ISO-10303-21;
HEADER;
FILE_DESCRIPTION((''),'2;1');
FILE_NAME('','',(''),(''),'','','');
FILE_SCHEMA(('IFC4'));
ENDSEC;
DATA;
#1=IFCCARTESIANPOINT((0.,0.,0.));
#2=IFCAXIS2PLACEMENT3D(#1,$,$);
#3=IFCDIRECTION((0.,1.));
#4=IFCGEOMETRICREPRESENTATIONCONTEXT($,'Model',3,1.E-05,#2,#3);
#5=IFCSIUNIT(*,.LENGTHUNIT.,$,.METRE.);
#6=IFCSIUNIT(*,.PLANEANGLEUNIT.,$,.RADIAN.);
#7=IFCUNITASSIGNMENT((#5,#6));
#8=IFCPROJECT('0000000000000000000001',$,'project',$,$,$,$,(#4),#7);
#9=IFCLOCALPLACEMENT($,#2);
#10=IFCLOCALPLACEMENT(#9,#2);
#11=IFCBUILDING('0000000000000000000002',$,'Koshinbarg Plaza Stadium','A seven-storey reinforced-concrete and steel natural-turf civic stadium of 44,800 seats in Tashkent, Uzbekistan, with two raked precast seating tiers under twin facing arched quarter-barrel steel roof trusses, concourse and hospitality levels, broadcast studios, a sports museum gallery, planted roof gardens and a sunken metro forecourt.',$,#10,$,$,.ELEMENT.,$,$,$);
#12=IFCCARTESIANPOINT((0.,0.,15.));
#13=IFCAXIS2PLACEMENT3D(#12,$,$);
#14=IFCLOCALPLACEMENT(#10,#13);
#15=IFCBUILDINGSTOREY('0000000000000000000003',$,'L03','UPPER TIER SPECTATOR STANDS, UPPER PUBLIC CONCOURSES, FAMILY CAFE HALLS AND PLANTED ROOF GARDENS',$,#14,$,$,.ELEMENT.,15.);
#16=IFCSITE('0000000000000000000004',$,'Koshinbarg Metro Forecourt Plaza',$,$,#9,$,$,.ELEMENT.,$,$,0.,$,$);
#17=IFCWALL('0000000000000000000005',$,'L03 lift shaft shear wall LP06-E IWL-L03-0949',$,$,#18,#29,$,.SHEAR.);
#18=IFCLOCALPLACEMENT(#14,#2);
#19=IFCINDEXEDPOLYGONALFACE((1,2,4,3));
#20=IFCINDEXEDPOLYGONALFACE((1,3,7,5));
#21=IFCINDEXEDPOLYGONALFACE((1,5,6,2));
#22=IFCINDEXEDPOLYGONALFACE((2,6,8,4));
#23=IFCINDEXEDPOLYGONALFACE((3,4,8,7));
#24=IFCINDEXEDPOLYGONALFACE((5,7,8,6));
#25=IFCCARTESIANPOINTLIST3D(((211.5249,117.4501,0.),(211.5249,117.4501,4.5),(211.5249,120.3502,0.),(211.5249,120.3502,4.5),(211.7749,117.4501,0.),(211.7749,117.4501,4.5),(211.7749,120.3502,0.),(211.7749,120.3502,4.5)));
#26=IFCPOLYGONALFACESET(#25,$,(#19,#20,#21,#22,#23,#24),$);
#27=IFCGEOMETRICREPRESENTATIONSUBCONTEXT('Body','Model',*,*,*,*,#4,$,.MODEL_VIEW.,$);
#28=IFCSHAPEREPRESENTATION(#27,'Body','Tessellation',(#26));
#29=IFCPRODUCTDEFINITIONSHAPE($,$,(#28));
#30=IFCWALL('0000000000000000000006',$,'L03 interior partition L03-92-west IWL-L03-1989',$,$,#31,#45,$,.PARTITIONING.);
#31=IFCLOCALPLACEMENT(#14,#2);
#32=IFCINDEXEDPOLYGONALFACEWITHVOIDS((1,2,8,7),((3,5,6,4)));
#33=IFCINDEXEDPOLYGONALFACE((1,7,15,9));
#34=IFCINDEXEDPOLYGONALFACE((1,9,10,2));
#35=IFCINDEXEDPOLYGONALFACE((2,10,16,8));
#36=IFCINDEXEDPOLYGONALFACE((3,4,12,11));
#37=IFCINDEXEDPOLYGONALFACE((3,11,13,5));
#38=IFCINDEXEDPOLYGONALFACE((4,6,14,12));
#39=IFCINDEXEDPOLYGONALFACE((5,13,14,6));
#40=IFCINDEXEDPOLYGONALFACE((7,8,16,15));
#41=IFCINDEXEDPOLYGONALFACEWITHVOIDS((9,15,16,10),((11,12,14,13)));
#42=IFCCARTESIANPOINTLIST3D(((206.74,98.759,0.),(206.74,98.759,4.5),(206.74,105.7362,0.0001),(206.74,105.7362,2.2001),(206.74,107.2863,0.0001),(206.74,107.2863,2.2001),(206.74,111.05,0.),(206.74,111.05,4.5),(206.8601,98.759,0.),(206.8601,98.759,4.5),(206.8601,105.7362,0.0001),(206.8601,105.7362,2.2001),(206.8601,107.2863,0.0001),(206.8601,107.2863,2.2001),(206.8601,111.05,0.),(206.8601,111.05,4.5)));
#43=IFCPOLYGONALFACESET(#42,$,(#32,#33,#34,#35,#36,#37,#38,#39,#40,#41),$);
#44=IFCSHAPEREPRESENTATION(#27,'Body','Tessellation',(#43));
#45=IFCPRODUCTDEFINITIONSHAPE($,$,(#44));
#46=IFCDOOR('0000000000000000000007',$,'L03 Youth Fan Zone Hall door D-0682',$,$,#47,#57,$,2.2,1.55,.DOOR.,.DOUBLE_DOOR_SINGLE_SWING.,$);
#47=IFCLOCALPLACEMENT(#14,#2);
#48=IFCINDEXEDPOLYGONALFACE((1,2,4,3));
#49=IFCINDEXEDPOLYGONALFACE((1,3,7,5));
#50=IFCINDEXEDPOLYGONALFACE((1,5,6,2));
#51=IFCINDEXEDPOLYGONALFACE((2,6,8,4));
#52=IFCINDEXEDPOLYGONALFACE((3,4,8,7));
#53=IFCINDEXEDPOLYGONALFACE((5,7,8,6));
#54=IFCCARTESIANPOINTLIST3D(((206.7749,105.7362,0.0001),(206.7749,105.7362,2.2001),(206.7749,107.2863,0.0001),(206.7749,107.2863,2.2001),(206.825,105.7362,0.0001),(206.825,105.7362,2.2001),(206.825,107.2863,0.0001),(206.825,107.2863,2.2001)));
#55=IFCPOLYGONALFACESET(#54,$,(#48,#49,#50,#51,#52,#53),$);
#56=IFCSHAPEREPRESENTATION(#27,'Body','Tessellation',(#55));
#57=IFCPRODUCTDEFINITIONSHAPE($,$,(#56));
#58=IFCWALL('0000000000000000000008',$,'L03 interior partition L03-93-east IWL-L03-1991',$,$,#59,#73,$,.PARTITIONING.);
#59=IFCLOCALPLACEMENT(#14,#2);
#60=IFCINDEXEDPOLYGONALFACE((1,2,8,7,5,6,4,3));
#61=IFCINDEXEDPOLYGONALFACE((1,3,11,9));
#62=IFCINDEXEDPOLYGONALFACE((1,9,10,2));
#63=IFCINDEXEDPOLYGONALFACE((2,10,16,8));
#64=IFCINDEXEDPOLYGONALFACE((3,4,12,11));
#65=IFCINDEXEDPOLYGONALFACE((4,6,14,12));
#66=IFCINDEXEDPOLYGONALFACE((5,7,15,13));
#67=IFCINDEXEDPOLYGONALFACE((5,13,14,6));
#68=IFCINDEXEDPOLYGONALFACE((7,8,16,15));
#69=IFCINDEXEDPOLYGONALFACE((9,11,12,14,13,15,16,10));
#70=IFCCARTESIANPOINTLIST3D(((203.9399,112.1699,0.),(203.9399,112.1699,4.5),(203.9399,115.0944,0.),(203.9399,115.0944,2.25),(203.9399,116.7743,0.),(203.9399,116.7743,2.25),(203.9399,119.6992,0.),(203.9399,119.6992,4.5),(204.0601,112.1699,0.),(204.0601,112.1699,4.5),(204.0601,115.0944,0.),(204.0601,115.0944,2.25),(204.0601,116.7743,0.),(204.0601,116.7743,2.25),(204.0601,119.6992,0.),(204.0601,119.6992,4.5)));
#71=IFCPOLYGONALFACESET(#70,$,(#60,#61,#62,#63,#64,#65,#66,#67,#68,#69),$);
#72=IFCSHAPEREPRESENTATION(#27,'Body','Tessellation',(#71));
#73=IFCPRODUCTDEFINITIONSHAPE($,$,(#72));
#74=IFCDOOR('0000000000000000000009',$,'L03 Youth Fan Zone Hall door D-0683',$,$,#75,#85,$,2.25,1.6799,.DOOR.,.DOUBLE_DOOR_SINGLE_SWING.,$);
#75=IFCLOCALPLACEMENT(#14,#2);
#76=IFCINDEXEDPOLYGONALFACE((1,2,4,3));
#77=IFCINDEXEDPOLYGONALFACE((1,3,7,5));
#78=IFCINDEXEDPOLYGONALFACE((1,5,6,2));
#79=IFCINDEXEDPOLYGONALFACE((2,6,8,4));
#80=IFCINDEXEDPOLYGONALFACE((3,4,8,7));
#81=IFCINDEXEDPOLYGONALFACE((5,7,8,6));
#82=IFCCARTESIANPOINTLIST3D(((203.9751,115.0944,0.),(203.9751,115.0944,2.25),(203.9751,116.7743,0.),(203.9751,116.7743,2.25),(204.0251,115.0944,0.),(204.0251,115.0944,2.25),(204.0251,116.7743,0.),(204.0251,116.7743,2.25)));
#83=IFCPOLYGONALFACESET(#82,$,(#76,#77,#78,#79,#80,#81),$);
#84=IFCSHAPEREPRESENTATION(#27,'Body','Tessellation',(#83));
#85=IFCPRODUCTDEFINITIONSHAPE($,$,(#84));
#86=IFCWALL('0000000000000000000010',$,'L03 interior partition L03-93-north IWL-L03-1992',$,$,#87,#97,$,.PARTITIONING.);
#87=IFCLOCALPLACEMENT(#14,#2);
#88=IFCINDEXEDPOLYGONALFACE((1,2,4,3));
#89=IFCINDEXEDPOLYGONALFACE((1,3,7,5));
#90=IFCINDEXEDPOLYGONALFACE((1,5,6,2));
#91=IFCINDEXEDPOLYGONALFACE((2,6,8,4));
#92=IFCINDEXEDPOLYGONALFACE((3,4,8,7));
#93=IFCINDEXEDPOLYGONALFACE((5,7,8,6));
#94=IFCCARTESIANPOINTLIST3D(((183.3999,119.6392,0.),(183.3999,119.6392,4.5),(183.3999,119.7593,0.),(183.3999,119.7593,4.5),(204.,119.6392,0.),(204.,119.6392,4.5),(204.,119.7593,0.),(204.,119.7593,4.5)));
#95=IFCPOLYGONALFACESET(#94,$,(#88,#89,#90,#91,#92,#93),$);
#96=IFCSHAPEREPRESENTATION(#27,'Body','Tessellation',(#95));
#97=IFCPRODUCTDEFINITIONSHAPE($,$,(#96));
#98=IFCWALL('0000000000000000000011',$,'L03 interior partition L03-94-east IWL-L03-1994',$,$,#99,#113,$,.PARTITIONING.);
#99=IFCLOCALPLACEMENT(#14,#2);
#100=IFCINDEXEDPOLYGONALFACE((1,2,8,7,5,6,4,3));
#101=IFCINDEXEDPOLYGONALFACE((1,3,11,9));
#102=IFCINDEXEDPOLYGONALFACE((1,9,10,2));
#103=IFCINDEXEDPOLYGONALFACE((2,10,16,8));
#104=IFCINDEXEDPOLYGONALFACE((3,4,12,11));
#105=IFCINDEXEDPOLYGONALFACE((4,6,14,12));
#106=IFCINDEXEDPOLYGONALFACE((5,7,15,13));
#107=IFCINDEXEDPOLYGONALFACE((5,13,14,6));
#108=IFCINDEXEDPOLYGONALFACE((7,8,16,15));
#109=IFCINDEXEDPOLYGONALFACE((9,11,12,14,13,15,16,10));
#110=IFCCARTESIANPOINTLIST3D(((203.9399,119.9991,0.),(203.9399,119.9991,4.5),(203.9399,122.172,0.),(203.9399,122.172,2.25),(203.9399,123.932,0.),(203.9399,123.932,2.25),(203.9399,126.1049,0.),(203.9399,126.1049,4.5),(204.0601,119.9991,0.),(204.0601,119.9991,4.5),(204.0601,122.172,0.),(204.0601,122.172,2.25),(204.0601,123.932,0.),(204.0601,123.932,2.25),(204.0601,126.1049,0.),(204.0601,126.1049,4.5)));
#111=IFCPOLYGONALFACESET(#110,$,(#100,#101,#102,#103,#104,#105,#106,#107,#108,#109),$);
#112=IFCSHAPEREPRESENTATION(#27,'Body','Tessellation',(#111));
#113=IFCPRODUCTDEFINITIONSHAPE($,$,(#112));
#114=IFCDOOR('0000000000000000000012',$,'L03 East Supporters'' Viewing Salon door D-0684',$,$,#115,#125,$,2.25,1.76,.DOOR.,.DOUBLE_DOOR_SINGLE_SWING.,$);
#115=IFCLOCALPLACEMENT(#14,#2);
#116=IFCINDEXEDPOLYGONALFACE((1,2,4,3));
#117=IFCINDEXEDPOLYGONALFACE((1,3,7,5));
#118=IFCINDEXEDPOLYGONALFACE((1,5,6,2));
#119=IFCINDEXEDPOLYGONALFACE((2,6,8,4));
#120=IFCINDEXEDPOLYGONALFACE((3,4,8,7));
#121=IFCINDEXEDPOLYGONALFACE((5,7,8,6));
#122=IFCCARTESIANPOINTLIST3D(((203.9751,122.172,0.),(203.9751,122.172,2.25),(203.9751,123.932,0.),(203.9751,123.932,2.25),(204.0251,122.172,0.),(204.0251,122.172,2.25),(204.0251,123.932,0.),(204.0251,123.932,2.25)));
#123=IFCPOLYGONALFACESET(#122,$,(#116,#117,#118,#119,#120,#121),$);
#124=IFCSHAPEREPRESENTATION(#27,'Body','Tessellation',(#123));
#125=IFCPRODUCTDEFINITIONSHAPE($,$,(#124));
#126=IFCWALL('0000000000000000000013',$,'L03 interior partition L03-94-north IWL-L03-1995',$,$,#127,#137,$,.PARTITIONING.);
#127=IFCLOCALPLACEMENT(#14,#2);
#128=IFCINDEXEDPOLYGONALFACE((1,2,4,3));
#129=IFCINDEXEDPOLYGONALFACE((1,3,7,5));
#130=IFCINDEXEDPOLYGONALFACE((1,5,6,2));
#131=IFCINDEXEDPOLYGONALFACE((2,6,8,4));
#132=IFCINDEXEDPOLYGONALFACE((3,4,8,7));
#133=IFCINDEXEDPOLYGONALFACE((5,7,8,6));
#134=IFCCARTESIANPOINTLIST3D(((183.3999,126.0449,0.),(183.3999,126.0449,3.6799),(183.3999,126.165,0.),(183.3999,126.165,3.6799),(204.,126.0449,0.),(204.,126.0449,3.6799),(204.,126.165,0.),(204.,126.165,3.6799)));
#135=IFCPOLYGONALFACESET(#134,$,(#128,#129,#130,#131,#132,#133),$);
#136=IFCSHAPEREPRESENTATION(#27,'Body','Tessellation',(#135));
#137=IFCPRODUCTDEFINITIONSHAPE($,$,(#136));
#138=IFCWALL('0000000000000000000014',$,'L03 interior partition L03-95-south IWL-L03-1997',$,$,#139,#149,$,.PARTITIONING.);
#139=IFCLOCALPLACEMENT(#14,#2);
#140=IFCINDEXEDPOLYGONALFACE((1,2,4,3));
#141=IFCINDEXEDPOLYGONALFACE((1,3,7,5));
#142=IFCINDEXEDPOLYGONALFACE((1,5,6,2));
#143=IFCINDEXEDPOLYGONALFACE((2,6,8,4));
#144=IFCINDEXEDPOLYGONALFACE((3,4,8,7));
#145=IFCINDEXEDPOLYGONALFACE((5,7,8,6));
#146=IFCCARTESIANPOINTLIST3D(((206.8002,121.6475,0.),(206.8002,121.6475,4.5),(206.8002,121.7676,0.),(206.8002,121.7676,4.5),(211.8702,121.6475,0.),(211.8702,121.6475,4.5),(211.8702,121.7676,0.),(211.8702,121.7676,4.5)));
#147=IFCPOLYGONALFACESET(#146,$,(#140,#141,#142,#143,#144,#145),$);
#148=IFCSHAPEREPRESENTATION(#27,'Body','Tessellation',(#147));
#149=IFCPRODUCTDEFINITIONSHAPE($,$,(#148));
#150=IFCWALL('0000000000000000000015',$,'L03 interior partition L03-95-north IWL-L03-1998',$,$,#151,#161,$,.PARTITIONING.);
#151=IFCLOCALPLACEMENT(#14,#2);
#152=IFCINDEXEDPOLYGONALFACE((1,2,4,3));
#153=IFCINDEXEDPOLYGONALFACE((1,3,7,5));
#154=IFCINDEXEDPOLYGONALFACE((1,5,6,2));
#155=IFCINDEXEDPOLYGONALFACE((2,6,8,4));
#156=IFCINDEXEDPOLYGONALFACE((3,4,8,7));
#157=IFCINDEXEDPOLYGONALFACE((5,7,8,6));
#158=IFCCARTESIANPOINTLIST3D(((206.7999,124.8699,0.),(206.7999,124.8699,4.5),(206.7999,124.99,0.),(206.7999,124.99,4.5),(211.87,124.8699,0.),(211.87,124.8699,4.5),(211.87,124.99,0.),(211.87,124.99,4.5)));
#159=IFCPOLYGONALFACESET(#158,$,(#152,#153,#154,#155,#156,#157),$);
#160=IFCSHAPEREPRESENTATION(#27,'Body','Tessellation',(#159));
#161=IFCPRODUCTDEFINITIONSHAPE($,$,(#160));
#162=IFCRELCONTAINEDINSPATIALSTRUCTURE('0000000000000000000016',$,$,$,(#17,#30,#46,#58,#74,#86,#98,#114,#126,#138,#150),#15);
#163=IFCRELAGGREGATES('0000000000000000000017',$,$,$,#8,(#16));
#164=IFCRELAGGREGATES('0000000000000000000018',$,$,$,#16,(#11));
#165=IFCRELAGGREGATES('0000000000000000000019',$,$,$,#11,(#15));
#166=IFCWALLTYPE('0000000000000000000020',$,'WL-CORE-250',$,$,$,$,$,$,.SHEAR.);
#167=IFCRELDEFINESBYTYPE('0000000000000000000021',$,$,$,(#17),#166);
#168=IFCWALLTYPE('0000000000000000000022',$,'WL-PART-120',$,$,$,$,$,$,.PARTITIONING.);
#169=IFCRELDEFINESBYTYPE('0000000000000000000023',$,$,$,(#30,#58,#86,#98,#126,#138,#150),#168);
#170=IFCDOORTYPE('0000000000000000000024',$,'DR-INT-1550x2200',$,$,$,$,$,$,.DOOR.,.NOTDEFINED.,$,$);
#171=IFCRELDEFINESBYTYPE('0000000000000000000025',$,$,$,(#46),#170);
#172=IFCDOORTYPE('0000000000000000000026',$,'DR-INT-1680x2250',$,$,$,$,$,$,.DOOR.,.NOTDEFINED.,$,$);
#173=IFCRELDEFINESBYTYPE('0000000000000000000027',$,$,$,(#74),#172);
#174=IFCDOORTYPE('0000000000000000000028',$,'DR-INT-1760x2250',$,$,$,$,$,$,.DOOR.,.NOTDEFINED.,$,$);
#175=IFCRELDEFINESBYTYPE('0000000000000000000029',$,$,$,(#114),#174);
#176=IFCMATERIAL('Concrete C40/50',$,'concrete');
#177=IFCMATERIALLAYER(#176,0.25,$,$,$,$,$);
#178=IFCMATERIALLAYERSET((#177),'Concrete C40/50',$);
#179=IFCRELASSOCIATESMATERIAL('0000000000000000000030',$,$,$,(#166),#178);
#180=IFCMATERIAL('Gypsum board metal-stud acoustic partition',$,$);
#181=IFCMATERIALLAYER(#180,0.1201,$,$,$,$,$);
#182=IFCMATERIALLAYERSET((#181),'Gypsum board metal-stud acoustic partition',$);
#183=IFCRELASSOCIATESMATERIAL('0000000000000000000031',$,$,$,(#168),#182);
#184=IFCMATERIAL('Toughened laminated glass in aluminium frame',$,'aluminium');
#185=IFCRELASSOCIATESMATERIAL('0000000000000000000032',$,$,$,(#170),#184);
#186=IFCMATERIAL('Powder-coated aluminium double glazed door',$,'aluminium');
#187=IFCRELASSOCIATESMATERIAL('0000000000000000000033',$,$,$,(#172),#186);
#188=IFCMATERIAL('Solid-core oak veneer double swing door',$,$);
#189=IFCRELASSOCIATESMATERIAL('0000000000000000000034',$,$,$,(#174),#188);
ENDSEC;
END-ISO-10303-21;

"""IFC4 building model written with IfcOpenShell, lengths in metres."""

from ifc_helpers import new_model, si_unit, direction, frame, frame_2d, origin, place, context, subcontext, project, spatial, rectangle, extrude, material, layer, layer_set, type_object, element, fill, save


model = new_model("IFC4")

# Units and contexts
model_context = context("Model", 3, precision=1e-05, world=origin(), true_north=direction((0.0, 1.0)))
body_context = subcontext(model_context, "Body", "Model", "MODEL_VIEW")
ifc_project = project(units=[si_unit("LENGTHUNIT", "METRE"), si_unit("PLANEANGLEUNIT", "RADIAN")], contexts=[model_context])

# Site, building, storey
site_placement = place(None, origin())
site = spatial("IfcSite", under=ifc_project, at=site_placement, Name="Koshinbarg Metro Forecourt Plaza", CompositionType="ELEMENT", RefElevation=0.0)
building_placement = place(site_placement, origin())
building = spatial("IfcBuilding", under=site, at=building_placement, Name="Koshinbarg Plaza Stadium", Description="A seven-storey reinforced-concrete and steel natural-turf civic stadium of 44,800 seats in Tashkent, Uzbekistan, with two raked precast seating tiers under twin facing arched quarter-barrel steel roof trusses, concourse and hospitality levels, broadcast studios, a sports museum gallery, planted roof gardens and a sunken metro forecourt.", CompositionType="ELEMENT")
storey_placement = place(building_placement, frame((0.0, 0.0, 15.0)))
storey = spatial("IfcBuildingStorey", under=building, at=storey_placement, Name="L03", Description="UPPER TIER SPECTATOR STANDS, UPPER PUBLIC CONCOURSES, FAMILY CAFE HALLS AND PLANTED ROOF GARDENS", CompositionType="ELEMENT", Elevation=15.0)

# Shared definitions
ifc_material_1 = material(Name="Concrete C40/50", Category="concrete")

# Shared definitions
ifc_layer_1 = layer(ifc_material_1, 0.25)
ifc_layer_set_1 = layer_set([ifc_layer_1], Name="Concrete C40/50")
wall_type_1 = type_object("IfcWallType", Name="WL-CORE-250", PredefinedType="SHEAR", material=ifc_layer_set_1)

# Wall
for number, where, z_axis, x_axis, name in (
    (1, (211.6499, 117.45, 0.0), (0.0, 0.0, 1.0), (0.0, 1.0, 0.0), "L03 lift shaft shear wall LP06-E IWL-L03-0949"),
):
    element("IfcWall", number, at=place(storey_placement, frame(where, z_axis=z_axis, x_axis=x_axis)), inside=storey, type_object=wall_type_1, Name=name, PredefinedType="SHEAR", context=body_context, shape_type="SweptSolid", body=[
        extrude(rectangle(XDim=2.9001, YDim=0.25, at=frame_2d((1.4502, 0.0))), origin(), (0.0, 0.0, 1.0), 4.5),
    ])

# Walls, openings, doors
ifc_material_2 = material(Name="Gypsum board metal-stud acoustic partition")
ifc_layer_2 = layer(ifc_material_2, 0.1201)
ifc_layer_set_2 = layer_set([ifc_layer_2], Name="Gypsum board metal-stud acoustic partition")
wall_type_2 = type_object("IfcWallType", Name="WL-PART-120", PredefinedType="PARTITIONING", material=ifc_layer_set_2)
wall_1_placement = place(storey_placement, frame((206.8, 111.05, 0.0), z_axis=(0.0, 0.0, 1.0), x_axis=(0.0, -1.0, 0.0)))
wall_1 = element("IfcWall", 2, at=wall_1_placement, inside=storey, type_object=wall_type_2, Name="L03 interior partition L03-92-west IWL-L03-1989", PredefinedType="PARTITIONING", context=body_context, shape_type="SweptSolid", body=[
    extrude(rectangle(XDim=12.291, YDim=0.1201, at=frame_2d((6.1455, 0.0))), origin(), (0.0, 0.0, 1.0), 4.5),
])
opening_1_placement = place(wall_1_placement, frame((3.7639, 0.0, 0.0)))
opening_1 = element("IfcOpeningElement", 3, at=opening_1_placement, cuts=wall_1, PredefinedType="OPENING", context=body_context, shape_type="SweptSolid", body=[
    extrude(rectangle(XDim=1.55, YDim=2.2, at=frame_2d((0.7749, 1.1001))), frame((0.0, 0.0701, 0.0), z_axis=(0.0, -1.0, 0.0), x_axis=(1.0, 0.0, 0.0)), (0.0, 0.0, 1.0), 0.1401),
])
ifc_material_3 = material(Name="Toughened laminated glass in aluminium frame", Category="aluminium")
door_type_1 = type_object("IfcDoorType", Name="DR-INT-1550x2200", OperationType="NOTDEFINED", PredefinedType="DOOR", material=ifc_material_3)
door_1_placement = place(opening_1_placement, origin())
door_1 = element("IfcDoor", 4, at=door_1_placement, inside=storey, type_object=door_type_1, Name="L03 Youth Fan Zone Hall door D-0682", OperationType="DOUBLE_DOOR_SINGLE_SWING", OverallHeight=2.2, OverallWidth=1.55, PredefinedType="DOOR", context=body_context, shape_type="SweptSolid", body=[
    extrude(rectangle(XDim=1.55, YDim=2.2, at=frame_2d((0.7749, 1.1001))), frame((0.0, 0.0249, 0.0), z_axis=(0.0, -1.0, 0.0), x_axis=(1.0, 0.0, 0.0)), (0.0, 0.0, 1.0), 0.05),
])
fill(opening_1, door_1)
wall_2_placement = place(storey_placement, frame((204.0, 112.1699, 0.0), z_axis=(0.0, 0.0, 1.0), x_axis=(0.0, 1.0, 0.0)))
wall_2 = element("IfcWall", 5, at=wall_2_placement, inside=storey, type_object=wall_type_2, Name="L03 interior partition L03-93-east IWL-L03-1991", PredefinedType="PARTITIONING", context=body_context, shape_type="SweptSolid", body=[
    extrude(rectangle(XDim=7.5293, YDim=0.1201, at=frame_2d((3.7646, 0.0))), origin(), (0.0, 0.0, 1.0), 4.5),
])
opening_2_placement = place(wall_2_placement, frame((2.9246, 0.0, 0.0)))
opening_2 = element("IfcOpeningElement", 6, at=opening_2_placement, cuts=wall_2, PredefinedType="OPENING", context=body_context, shape_type="SweptSolid", body=[
    extrude(rectangle(XDim=1.6799, YDim=2.25, at=frame_2d((0.8398, 1.125))), frame((0.0, 0.0701, 0.0), z_axis=(0.0, -1.0, 0.0), x_axis=(1.0, 0.0, 0.0)), (0.0, 0.0, 1.0), 0.1401),
])
ifc_material_4 = material(Name="Powder-coated aluminium double glazed door", Category="aluminium")
door_type_2 = type_object("IfcDoorType", Name="DR-INT-1680x2250", OperationType="NOTDEFINED", PredefinedType="DOOR", material=ifc_material_4)
door_2_placement = place(opening_2_placement, origin())
door_2 = element("IfcDoor", 7, at=door_2_placement, inside=storey, type_object=door_type_2, Name="L03 Youth Fan Zone Hall door D-0683", OperationType="DOUBLE_DOOR_SINGLE_SWING", OverallHeight=2.25, OverallWidth=1.6799, PredefinedType="DOOR", context=body_context, shape_type="SweptSolid", body=[
    extrude(rectangle(XDim=1.6799, YDim=2.25, at=frame_2d((0.8398, 1.125))), frame((0.0, 0.0249, 0.0), z_axis=(0.0, -1.0, 0.0), x_axis=(1.0, 0.0, 0.0)), (0.0, 0.0, 1.0), 0.05),
])
fill(opening_2, door_2)

# Wall
wall_3_placement = place(storey_placement, frame((204.0, 119.6992, 0.0), z_axis=(0.0, 0.0, 1.0), x_axis=(-1.0, 0.0, 0.0)))
element("IfcWall", 8, at=wall_3_placement, inside=storey, type_object=wall_type_2, Name="L03 interior partition L03-93-north IWL-L03-1992", PredefinedType="PARTITIONING", context=body_context, shape_type="SweptSolid", body=[
    extrude(rectangle(XDim=20.6001, YDim=0.1201, at=frame_2d((10.3, 0.0))), origin(), (0.0, 0.0, 1.0), 4.5),
])

# Wall, opening, door
wall_4_placement = place(storey_placement, frame((204.0, 119.9993, 0.0), z_axis=(0.0, 0.0, 1.0), x_axis=(0.0, 1.0, 0.0)))
wall_4 = element("IfcWall", 9, at=wall_4_placement, inside=storey, type_object=wall_type_2, Name="L03 interior partition L03-94-east IWL-L03-1994", PredefinedType="PARTITIONING", context=body_context, shape_type="SweptSolid", body=[
    extrude(rectangle(XDim=6.1057, YDim=0.1201, at=frame_2d((3.0527, 0.0))), origin(), (0.0, 0.0, 1.0), 4.5),
])
opening_3_placement = place(wall_4_placement, frame((2.1729, 0.0, 0.0)))
opening_3 = element("IfcOpeningElement", 10, at=opening_3_placement, cuts=wall_4, PredefinedType="OPENING", context=body_context, shape_type="SweptSolid", body=[
    extrude(rectangle(XDim=1.76, YDim=2.25, at=frame_2d((0.8799, 1.125))), frame((0.0, 0.0701, 0.0), z_axis=(0.0, -1.0, 0.0), x_axis=(1.0, 0.0, 0.0)), (0.0, 0.0, 1.0), 0.1401),
])
ifc_material_5 = material(Name="Solid-core oak veneer double swing door")
door_type_3 = type_object("IfcDoorType", Name="DR-INT-1760x2250", OperationType="NOTDEFINED", PredefinedType="DOOR", material=ifc_material_5)
door_3_placement = place(opening_3_placement, origin())
door_3 = element("IfcDoor", 11, at=door_3_placement, inside=storey, type_object=door_type_3, Name="L03 East Supporters' Viewing Salon door D-0684", OperationType="DOUBLE_DOOR_SINGLE_SWING", OverallHeight=2.25, OverallWidth=1.76, PredefinedType="DOOR", context=body_context, shape_type="SweptSolid", body=[
    extrude(rectangle(XDim=1.76, YDim=2.25, at=frame_2d((0.8799, 1.125))), frame((0.0, 0.0249, 0.0), z_axis=(0.0, -1.0, 0.0), x_axis=(1.0, 0.0, 0.0)), (0.0, 0.0, 1.0), 0.05),
])
fill(opening_3, door_3)

# Walls
wall_5_placement = place(storey_placement, frame((204.0, 126.105, 0.0), z_axis=(0.0, 0.0, 1.0), x_axis=(-1.0, 0.0, 0.0)))
element("IfcWall", 12, at=wall_5_placement, inside=storey, type_object=wall_type_2, Name="L03 interior partition L03-94-north IWL-L03-1995", PredefinedType="PARTITIONING", context=body_context, shape_type="SweptSolid", body=[
    extrude(rectangle(XDim=20.6001, YDim=0.1201, at=frame_2d((10.3, 0.0))), origin(), (0.0, 0.0, 1.0), 3.6799),
])
for number, where, z_axis, x_axis, name in (
    (13, (206.8, 121.7075, 0.0), (0.0, 0.0, 1.0), (1.0, 0.0, 0.0), "L03 interior partition L03-95-south IWL-L03-1997"),
    (14, (211.8701, 124.9299, 0.0), (0.0, 0.0, 1.0), (-1.0, 0.0, 0.0), "L03 interior partition L03-95-north IWL-L03-1998"),
):
    element("IfcWall", number, at=place(storey_placement, frame(where, z_axis=z_axis, x_axis=x_axis)), inside=storey, type_object=wall_type_2, Name=name, PredefinedType="PARTITIONING", context=body_context, shape_type="SweptSolid", body=[
        extrude(rectangle(XDim=5.0701, YDim=0.1201, at=frame_2d((2.5352, 0.0))), origin(), (0.0, 0.0, 1.0), 4.5),
    ])

save(model, "model.ifc")
